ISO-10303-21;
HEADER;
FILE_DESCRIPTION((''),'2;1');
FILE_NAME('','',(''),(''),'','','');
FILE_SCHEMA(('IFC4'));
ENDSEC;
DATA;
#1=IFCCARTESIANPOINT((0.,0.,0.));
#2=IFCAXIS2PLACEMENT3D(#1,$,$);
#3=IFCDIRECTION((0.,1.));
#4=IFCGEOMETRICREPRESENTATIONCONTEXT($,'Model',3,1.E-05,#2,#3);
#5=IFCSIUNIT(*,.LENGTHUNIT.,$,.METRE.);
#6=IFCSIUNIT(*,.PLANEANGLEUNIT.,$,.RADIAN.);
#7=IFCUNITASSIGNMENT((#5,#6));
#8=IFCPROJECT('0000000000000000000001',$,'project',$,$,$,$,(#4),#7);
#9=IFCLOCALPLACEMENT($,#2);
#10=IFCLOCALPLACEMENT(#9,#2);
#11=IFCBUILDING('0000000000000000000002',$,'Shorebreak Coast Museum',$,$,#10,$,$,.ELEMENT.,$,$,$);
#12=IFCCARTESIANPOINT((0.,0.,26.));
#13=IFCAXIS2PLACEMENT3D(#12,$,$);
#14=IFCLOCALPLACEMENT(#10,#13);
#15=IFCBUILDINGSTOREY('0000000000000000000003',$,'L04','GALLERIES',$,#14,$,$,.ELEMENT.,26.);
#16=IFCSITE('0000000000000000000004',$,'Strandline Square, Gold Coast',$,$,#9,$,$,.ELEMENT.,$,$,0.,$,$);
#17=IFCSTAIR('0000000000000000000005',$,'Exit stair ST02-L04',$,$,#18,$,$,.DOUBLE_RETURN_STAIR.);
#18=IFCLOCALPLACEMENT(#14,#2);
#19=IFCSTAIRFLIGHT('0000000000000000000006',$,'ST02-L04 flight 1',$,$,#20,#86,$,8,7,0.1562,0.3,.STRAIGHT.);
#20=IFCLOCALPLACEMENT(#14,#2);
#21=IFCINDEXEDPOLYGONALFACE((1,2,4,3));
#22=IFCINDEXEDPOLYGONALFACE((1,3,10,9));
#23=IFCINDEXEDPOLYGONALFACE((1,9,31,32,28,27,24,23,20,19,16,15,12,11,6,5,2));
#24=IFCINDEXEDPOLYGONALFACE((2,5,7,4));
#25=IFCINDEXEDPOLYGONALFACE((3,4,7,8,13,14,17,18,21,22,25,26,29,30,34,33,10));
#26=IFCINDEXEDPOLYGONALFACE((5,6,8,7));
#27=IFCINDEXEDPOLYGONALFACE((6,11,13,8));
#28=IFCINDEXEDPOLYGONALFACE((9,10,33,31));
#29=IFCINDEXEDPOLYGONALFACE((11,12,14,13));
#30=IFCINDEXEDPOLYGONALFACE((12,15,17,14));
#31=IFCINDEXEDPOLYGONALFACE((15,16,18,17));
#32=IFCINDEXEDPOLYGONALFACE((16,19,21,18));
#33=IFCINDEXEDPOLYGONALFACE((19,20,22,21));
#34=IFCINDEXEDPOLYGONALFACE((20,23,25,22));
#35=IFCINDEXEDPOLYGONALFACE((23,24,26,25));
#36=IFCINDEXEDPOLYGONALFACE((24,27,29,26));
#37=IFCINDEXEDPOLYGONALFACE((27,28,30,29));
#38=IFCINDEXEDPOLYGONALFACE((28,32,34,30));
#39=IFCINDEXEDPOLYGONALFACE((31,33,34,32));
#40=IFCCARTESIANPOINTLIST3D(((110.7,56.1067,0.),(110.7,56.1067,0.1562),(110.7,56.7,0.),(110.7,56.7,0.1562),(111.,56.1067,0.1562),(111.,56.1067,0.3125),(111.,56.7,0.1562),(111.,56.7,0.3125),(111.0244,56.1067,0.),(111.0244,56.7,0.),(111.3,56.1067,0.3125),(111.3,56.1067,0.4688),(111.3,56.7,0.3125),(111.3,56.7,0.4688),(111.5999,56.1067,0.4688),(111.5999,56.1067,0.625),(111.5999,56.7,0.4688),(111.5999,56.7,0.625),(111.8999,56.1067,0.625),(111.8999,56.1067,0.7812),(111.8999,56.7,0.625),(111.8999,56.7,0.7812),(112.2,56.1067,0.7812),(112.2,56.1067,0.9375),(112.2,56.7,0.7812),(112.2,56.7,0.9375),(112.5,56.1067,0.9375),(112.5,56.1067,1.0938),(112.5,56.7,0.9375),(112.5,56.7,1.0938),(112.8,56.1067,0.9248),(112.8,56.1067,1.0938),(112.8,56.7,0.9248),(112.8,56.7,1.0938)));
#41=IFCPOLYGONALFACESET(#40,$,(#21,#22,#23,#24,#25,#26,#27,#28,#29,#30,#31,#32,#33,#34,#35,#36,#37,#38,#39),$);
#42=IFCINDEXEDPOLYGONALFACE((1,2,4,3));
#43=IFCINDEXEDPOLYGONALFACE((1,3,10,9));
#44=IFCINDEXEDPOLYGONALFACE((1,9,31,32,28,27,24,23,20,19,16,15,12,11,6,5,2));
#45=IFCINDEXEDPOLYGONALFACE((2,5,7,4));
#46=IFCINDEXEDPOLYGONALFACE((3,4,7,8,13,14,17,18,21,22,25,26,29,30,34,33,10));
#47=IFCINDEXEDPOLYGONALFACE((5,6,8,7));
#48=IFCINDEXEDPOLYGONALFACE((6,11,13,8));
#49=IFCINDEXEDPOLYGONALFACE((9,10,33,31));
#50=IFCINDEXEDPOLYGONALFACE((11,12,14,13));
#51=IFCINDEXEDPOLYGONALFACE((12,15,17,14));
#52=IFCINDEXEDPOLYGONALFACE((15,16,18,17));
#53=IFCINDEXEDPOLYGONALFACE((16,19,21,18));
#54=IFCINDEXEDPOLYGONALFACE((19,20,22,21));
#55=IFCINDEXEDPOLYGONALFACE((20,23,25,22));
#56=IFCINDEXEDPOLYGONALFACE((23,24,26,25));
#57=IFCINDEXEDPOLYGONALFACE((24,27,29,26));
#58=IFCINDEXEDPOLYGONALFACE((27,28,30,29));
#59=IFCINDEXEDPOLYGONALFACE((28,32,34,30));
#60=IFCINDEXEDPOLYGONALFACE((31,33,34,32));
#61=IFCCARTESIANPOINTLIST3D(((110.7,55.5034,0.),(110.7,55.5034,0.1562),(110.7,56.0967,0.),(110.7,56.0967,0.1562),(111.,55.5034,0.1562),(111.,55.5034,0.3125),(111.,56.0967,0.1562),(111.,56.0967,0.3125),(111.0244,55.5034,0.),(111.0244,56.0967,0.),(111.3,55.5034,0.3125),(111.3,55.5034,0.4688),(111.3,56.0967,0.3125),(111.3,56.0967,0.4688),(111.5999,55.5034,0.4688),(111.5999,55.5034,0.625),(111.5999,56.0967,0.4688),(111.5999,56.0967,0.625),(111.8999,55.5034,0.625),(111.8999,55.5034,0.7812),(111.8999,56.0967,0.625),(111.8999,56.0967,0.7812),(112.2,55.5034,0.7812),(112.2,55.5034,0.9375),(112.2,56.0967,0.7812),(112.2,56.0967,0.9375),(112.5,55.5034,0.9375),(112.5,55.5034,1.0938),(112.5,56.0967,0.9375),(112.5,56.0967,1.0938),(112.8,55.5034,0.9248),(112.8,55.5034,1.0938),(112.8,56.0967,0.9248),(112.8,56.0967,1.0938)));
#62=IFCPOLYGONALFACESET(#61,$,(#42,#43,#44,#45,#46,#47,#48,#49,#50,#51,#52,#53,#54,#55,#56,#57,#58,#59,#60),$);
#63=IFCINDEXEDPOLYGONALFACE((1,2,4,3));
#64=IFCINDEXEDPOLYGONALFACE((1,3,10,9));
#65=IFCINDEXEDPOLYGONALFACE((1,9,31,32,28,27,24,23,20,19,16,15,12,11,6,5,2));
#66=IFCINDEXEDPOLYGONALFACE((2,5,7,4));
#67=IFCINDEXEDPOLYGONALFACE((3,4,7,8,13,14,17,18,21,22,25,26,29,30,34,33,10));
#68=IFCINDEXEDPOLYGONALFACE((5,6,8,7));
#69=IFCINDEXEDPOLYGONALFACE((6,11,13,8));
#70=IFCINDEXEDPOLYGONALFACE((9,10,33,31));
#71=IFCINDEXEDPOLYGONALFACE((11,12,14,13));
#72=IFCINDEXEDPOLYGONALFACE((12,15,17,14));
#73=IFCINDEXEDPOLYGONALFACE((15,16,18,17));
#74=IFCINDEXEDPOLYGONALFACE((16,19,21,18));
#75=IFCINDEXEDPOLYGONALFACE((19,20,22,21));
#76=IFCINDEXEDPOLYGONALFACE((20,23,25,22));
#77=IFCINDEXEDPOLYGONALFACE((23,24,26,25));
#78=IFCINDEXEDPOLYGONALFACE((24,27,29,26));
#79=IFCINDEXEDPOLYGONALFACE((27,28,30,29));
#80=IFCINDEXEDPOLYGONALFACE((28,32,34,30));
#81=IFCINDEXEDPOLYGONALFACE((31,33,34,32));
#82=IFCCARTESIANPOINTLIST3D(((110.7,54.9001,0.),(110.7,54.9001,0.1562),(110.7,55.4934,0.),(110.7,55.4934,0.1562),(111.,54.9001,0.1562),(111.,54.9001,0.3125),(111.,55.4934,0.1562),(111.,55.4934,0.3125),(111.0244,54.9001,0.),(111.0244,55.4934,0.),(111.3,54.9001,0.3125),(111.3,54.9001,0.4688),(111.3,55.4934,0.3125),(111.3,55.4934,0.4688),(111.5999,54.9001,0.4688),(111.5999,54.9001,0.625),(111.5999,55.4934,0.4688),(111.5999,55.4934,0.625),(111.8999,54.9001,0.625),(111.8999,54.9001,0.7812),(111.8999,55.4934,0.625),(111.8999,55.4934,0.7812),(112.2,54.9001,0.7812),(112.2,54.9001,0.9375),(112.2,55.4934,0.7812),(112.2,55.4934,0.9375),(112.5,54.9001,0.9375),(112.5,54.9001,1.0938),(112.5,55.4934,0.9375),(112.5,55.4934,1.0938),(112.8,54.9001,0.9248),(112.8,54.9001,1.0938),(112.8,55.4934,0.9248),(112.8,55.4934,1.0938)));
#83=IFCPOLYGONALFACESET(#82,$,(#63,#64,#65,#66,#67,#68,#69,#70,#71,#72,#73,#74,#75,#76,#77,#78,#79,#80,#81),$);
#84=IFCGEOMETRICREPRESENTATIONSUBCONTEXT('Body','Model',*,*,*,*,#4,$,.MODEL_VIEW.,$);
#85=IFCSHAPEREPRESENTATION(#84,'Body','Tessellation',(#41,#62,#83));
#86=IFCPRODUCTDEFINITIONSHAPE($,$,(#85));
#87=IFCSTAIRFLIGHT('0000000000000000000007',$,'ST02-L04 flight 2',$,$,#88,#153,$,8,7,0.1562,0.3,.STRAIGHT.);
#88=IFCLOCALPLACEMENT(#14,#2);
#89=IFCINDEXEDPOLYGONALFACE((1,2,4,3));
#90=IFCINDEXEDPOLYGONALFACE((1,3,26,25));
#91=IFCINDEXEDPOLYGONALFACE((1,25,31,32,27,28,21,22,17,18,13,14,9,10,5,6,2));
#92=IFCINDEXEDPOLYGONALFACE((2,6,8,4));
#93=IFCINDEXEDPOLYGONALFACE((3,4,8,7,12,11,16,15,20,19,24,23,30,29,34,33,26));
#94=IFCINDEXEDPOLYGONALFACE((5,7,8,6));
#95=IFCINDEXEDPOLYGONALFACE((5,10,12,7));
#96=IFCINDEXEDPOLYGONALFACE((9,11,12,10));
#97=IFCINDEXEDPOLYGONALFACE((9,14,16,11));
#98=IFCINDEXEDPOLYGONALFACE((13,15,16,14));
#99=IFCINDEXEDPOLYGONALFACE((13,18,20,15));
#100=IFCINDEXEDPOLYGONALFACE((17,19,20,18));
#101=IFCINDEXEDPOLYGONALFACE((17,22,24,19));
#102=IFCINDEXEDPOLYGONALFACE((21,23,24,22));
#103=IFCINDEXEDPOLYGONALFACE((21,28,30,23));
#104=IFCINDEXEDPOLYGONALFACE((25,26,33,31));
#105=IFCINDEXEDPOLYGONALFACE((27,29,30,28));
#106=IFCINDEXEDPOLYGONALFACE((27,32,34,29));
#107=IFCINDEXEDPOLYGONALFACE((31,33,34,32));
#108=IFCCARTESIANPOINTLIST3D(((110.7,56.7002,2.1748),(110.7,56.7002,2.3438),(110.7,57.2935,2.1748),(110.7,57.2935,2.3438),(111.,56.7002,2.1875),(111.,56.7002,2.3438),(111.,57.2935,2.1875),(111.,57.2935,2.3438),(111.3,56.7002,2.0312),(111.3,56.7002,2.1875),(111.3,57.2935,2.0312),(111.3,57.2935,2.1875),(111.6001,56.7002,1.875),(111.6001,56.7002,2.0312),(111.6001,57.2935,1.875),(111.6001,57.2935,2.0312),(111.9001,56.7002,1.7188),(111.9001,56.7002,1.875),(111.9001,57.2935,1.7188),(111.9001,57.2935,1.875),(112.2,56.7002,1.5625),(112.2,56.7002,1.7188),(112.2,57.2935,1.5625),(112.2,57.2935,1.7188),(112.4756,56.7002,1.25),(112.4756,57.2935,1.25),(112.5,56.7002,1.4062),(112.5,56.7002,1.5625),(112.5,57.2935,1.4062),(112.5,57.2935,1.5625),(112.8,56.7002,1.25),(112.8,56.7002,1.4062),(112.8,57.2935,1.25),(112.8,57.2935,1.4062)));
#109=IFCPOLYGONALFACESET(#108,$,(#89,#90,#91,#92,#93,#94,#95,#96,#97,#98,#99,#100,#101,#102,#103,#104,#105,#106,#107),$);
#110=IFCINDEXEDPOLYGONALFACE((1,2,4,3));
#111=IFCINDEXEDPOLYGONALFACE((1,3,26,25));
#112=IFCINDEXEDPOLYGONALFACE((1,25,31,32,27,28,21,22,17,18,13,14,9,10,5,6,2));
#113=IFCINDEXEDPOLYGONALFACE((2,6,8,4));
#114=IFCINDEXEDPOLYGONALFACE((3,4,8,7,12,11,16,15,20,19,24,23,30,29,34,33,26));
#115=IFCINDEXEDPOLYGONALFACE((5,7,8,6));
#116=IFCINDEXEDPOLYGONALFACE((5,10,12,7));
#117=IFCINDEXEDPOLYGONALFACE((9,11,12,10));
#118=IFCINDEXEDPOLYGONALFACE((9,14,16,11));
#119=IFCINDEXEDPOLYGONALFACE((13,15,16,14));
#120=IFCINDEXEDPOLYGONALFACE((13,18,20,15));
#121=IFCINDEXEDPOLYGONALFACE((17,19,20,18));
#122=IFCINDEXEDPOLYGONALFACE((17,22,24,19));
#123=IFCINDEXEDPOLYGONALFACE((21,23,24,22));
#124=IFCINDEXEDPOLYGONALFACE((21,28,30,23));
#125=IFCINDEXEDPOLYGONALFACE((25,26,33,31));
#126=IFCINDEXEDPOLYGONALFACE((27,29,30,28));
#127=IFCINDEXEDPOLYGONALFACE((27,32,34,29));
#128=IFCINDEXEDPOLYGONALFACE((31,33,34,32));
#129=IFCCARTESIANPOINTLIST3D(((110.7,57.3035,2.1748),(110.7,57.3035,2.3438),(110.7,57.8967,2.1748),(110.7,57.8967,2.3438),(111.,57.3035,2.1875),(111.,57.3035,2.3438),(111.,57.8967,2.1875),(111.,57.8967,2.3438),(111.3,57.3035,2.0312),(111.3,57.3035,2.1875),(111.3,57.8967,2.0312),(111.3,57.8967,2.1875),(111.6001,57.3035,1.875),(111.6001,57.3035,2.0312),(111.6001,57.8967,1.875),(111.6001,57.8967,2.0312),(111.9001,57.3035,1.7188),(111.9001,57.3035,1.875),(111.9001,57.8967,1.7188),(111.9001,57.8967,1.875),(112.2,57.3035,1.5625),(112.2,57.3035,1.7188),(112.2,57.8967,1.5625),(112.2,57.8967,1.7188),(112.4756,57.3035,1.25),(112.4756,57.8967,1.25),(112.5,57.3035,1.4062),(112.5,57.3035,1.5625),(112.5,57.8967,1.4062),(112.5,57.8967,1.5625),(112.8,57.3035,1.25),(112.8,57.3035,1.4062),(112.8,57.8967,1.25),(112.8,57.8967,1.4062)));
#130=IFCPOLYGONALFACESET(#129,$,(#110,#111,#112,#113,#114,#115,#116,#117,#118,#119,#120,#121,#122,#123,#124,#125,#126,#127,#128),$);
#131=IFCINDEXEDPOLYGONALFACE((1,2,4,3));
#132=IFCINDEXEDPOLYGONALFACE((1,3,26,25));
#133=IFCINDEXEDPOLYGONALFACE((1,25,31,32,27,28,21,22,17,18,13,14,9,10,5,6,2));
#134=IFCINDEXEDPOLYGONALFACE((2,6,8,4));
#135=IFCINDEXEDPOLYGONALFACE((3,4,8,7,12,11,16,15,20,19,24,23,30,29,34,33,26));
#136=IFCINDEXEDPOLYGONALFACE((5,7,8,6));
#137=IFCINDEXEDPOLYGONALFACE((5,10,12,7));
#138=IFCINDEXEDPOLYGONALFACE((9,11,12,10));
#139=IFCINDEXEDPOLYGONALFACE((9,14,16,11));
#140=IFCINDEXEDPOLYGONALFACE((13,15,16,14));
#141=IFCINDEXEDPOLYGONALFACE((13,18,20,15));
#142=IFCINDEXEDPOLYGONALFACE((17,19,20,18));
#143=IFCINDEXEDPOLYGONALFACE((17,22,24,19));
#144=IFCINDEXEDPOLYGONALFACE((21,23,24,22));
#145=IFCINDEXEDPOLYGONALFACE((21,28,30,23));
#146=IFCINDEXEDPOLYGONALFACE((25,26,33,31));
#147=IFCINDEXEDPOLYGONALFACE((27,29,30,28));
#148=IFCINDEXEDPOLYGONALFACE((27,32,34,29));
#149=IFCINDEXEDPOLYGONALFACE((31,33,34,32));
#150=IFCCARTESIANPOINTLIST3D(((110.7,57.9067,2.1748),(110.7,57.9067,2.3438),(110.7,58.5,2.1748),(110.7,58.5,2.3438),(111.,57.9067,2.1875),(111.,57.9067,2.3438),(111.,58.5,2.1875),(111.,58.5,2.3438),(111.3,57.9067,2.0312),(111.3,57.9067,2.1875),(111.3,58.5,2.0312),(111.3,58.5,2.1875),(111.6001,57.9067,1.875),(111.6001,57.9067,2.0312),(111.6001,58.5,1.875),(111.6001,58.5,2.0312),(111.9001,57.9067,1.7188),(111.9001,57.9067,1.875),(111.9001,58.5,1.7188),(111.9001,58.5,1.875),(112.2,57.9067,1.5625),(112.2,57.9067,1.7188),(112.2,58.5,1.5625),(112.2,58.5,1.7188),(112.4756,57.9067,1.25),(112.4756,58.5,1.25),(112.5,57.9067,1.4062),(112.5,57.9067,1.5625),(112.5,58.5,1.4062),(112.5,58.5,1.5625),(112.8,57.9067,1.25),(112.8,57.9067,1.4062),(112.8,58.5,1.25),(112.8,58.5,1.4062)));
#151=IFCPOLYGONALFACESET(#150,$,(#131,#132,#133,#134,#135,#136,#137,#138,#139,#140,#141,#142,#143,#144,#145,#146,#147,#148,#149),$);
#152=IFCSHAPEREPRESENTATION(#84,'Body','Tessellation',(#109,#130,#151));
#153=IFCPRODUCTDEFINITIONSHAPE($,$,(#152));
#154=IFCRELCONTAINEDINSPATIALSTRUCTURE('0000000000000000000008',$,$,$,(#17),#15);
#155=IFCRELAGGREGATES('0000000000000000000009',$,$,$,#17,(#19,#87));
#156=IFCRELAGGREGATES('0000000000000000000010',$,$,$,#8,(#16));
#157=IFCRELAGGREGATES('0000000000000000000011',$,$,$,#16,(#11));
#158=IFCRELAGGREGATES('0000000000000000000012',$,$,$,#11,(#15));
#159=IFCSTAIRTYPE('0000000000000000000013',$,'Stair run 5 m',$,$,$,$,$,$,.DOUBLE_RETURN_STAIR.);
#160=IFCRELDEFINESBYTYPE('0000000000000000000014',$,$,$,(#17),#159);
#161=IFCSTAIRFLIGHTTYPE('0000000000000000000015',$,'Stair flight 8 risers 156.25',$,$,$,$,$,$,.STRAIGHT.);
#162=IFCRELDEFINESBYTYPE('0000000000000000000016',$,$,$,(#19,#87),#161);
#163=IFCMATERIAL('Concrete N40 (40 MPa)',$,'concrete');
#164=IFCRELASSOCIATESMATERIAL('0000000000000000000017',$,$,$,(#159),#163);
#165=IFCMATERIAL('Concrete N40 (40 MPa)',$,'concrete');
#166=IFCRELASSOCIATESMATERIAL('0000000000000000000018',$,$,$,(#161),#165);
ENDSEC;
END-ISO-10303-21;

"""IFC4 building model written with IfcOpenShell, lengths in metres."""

from ifc_helpers import new_model, si_unit, direction, frame, origin, place, context, subcontext, project, spatial, polyline, outline, extrude, material, type_object, element, aggregate, save


model = new_model("IFC4")

# Units and contexts
model_context = context("Model", 3, precision=1e-05, world=origin(), true_north=direction((0.0, 1.0)))
body_context = subcontext(model_context, "Body", "Model", "MODEL_VIEW")
ifc_project = project(units=[si_unit("LENGTHUNIT", "METRE"), si_unit("PLANEANGLEUNIT", "RADIAN")], contexts=[model_context])

# Site, building, storey
site_placement = place(None, origin())
site = spatial("IfcSite", under=ifc_project, at=site_placement, Name="Strandline Square, Gold Coast", CompositionType="ELEMENT", RefElevation=0.0)
building_placement = place(site_placement, origin())
building = spatial("IfcBuilding", under=site, at=building_placement, Name="Shorebreak Coast Museum", CompositionType="ELEMENT")
storey_placement = place(building_placement, frame((0.0, 0.0, 26.0)))
storey = spatial("IfcBuildingStorey", under=building, at=storey_placement, Name="L04", Description="GALLERIES", CompositionType="ELEMENT", Elevation=26.0)

# Stair, stair flights
ifc_material_1 = material(Name="Concrete N40 (40 MPa)", Category="concrete")
stair_type = type_object("IfcStairType", Name="Stair run 5 m", PredefinedType="DOUBLE_RETURN_STAIR", material=ifc_material_1)
stair_placement = place(storey_placement, origin())
stair = element("IfcStair", 1, at=stair_placement, inside=storey, type_object=stair_type, Name="Exit stair ST02-L04", PredefinedType="DOUBLE_RETURN_STAIR")
ifc_material_2 = material(Name="Concrete N40 (40 MPa)", Category="concrete")
stair_flight_type = type_object("IfcStairFlightType", Name="Stair flight 8 risers 156.25", PredefinedType="STRAIGHT", material=ifc_material_2)
stair_flight_1_placement = place(storey_placement, frame((110.7, 55.8, 0.0), z_axis=(0.0, 0.0, 1.0), x_axis=(1.0, 0.0, 0.0)))
stair_flight_1 = element("IfcStairFlight", 2, at=stair_flight_1_placement, type_object=stair_flight_type, Name="ST02-L04 flight 1", NumberOfRisers=8, NumberOfTreads=7, PredefinedType="STRAIGHT", RiserHeight=0.1562, TreadLength=0.3, context=body_context, shape_type="SweptSolid", body=[
    extrude(outline(polyline([(0.0, 0.0), (0.0, 0.1562), (0.3, 0.1562), (0.3, 0.3125), (0.6001, 0.3125), (0.6001, 0.4688), (0.8999, 0.4688), (0.8999, 0.625), (1.2, 0.625), (1.2, 0.7812), (1.5, 0.7812), (1.5, 0.9375), (1.8, 0.9375), (1.8, 1.0938), (2.1001, 1.0938), (2.1001, 1.25), (2.1001, 0.9248), (0.3245, 0.0), (0.0, 0.0)])), frame((0.0, 0.8999, 0.0), z_axis=(0.0, -1.0, 0.0), x_axis=(1.0, 0.0, 0.0)), (0.0, 0.0, 1.0), 0.5933),
    extrude(outline(polyline([(0.0, 0.0), (0.0, 0.1562), (0.3, 0.1562), (0.3, 0.3125), (0.6001, 0.3125), (0.6001, 0.4688), (0.8999, 0.4688), (0.8999, 0.625), (1.2, 0.625), (1.2, 0.7812), (1.5, 0.7812), (1.5, 0.9375), (1.8, 0.9375), (1.8, 1.0938), (2.1001, 1.0938), (2.1001, 1.25), (2.1001, 0.9248), (0.3245, 0.0), (0.0, 0.0)])), frame((0.0, 0.2966, 0.0), z_axis=(0.0, -1.0, 0.0), x_axis=(1.0, 0.0, 0.0)), (0.0, 0.0, 1.0), 0.5933),
    extrude(outline(polyline([(0.0, 0.0), (0.0, 0.1562), (0.3, 0.1562), (0.3, 0.3125), (0.6001, 0.3125), (0.6001, 0.4688), (0.8999, 0.4688), (0.8999, 0.625), (1.2, 0.625), (1.2, 0.7812), (1.5, 0.7812), (1.5, 0.9375), (1.8, 0.9375), (1.8, 1.0938), (2.1001, 1.0938), (2.1001, 1.25), (2.1001, 0.9248), (0.3245, 0.0), (0.0, 0.0)])), frame((0.0, -0.3066, 0.0), z_axis=(0.0, -1.0, 0.0), x_axis=(1.0, 0.0, 0.0)), (0.0, 0.0, 1.0), 0.5933),
])
stair_flight_2_placement = place(storey_placement, frame((112.8, 57.6001, 1.25), z_axis=(0.0, 0.0, 1.0), x_axis=(-1.0, 0.0, 0.0)))
stair_flight_2 = element("IfcStairFlight", 3, at=stair_flight_2_placement, type_object=stair_flight_type, Name="ST02-L04 flight 2", NumberOfRisers=8, NumberOfTreads=7, PredefinedType="STRAIGHT", RiserHeight=0.1562, TreadLength=0.3, context=body_context, shape_type="SweptSolid", body=[
    extrude(outline(polyline([(0.0, 0.0), (0.0, 0.1562), (0.3, 0.1562), (0.3, 0.3125), (0.6001, 0.3125), (0.6001, 0.4688), (0.8999, 0.4688), (0.8999, 0.625), (1.2, 0.625), (1.2, 0.7812), (1.5, 0.7812), (1.5, 0.9375), (1.8, 0.9375), (1.8, 1.0938), (2.1001, 1.0938), (2.1001, 1.25), (2.1001, 0.9248), (0.3245, 0.0), (0.0, 0.0)])), frame((0.0, 0.8999, 0.0), z_axis=(0.0, -1.0, 0.0), x_axis=(1.0, 0.0, 0.0)), (0.0, 0.0, 1.0), 0.5933),
    extrude(outline(polyline([(0.0, 0.0), (0.0, 0.1562), (0.3, 0.1562), (0.3, 0.3125), (0.6001, 0.3125), (0.6001, 0.4688), (0.8999, 0.4688), (0.8999, 0.625), (1.2, 0.625), (1.2, 0.7812), (1.5, 0.7812), (1.5, 0.9375), (1.8, 0.9375), (1.8, 1.0938), (2.1001, 1.0938), (2.1001, 1.25), (2.1001, 0.9248), (0.3245, 0.0), (0.0, 0.0)])), frame((0.0, 0.2966, 0.0), z_axis=(0.0, -1.0, 0.0), x_axis=(1.0, 0.0, 0.0)), (0.0, 0.0, 1.0), 0.5933),
    extrude(outline(polyline([(0.0, 0.0), (0.0, 0.1562), (0.3, 0.1562), (0.3, 0.3125), (0.6001, 0.3125), (0.6001, 0.4688), (0.8999, 0.4688), (0.8999, 0.625), (1.2, 0.625), (1.2, 0.7812), (1.5, 0.7812), (1.5, 0.9375), (1.8, 0.9375), (1.8, 1.0938), (2.1001, 1.0938), (2.1001, 1.25), (2.1001, 0.9248), (0.3245, 0.0), (0.0, 0.0)])), frame((0.0, -0.3066, 0.0), z_axis=(0.0, -1.0, 0.0), x_axis=(1.0, 0.0, 0.0)), (0.0, 0.0, 1.0), 0.5933),
])
aggregate(stair, [stair_flight_1, stair_flight_2])

save(model, "model.ifc")
